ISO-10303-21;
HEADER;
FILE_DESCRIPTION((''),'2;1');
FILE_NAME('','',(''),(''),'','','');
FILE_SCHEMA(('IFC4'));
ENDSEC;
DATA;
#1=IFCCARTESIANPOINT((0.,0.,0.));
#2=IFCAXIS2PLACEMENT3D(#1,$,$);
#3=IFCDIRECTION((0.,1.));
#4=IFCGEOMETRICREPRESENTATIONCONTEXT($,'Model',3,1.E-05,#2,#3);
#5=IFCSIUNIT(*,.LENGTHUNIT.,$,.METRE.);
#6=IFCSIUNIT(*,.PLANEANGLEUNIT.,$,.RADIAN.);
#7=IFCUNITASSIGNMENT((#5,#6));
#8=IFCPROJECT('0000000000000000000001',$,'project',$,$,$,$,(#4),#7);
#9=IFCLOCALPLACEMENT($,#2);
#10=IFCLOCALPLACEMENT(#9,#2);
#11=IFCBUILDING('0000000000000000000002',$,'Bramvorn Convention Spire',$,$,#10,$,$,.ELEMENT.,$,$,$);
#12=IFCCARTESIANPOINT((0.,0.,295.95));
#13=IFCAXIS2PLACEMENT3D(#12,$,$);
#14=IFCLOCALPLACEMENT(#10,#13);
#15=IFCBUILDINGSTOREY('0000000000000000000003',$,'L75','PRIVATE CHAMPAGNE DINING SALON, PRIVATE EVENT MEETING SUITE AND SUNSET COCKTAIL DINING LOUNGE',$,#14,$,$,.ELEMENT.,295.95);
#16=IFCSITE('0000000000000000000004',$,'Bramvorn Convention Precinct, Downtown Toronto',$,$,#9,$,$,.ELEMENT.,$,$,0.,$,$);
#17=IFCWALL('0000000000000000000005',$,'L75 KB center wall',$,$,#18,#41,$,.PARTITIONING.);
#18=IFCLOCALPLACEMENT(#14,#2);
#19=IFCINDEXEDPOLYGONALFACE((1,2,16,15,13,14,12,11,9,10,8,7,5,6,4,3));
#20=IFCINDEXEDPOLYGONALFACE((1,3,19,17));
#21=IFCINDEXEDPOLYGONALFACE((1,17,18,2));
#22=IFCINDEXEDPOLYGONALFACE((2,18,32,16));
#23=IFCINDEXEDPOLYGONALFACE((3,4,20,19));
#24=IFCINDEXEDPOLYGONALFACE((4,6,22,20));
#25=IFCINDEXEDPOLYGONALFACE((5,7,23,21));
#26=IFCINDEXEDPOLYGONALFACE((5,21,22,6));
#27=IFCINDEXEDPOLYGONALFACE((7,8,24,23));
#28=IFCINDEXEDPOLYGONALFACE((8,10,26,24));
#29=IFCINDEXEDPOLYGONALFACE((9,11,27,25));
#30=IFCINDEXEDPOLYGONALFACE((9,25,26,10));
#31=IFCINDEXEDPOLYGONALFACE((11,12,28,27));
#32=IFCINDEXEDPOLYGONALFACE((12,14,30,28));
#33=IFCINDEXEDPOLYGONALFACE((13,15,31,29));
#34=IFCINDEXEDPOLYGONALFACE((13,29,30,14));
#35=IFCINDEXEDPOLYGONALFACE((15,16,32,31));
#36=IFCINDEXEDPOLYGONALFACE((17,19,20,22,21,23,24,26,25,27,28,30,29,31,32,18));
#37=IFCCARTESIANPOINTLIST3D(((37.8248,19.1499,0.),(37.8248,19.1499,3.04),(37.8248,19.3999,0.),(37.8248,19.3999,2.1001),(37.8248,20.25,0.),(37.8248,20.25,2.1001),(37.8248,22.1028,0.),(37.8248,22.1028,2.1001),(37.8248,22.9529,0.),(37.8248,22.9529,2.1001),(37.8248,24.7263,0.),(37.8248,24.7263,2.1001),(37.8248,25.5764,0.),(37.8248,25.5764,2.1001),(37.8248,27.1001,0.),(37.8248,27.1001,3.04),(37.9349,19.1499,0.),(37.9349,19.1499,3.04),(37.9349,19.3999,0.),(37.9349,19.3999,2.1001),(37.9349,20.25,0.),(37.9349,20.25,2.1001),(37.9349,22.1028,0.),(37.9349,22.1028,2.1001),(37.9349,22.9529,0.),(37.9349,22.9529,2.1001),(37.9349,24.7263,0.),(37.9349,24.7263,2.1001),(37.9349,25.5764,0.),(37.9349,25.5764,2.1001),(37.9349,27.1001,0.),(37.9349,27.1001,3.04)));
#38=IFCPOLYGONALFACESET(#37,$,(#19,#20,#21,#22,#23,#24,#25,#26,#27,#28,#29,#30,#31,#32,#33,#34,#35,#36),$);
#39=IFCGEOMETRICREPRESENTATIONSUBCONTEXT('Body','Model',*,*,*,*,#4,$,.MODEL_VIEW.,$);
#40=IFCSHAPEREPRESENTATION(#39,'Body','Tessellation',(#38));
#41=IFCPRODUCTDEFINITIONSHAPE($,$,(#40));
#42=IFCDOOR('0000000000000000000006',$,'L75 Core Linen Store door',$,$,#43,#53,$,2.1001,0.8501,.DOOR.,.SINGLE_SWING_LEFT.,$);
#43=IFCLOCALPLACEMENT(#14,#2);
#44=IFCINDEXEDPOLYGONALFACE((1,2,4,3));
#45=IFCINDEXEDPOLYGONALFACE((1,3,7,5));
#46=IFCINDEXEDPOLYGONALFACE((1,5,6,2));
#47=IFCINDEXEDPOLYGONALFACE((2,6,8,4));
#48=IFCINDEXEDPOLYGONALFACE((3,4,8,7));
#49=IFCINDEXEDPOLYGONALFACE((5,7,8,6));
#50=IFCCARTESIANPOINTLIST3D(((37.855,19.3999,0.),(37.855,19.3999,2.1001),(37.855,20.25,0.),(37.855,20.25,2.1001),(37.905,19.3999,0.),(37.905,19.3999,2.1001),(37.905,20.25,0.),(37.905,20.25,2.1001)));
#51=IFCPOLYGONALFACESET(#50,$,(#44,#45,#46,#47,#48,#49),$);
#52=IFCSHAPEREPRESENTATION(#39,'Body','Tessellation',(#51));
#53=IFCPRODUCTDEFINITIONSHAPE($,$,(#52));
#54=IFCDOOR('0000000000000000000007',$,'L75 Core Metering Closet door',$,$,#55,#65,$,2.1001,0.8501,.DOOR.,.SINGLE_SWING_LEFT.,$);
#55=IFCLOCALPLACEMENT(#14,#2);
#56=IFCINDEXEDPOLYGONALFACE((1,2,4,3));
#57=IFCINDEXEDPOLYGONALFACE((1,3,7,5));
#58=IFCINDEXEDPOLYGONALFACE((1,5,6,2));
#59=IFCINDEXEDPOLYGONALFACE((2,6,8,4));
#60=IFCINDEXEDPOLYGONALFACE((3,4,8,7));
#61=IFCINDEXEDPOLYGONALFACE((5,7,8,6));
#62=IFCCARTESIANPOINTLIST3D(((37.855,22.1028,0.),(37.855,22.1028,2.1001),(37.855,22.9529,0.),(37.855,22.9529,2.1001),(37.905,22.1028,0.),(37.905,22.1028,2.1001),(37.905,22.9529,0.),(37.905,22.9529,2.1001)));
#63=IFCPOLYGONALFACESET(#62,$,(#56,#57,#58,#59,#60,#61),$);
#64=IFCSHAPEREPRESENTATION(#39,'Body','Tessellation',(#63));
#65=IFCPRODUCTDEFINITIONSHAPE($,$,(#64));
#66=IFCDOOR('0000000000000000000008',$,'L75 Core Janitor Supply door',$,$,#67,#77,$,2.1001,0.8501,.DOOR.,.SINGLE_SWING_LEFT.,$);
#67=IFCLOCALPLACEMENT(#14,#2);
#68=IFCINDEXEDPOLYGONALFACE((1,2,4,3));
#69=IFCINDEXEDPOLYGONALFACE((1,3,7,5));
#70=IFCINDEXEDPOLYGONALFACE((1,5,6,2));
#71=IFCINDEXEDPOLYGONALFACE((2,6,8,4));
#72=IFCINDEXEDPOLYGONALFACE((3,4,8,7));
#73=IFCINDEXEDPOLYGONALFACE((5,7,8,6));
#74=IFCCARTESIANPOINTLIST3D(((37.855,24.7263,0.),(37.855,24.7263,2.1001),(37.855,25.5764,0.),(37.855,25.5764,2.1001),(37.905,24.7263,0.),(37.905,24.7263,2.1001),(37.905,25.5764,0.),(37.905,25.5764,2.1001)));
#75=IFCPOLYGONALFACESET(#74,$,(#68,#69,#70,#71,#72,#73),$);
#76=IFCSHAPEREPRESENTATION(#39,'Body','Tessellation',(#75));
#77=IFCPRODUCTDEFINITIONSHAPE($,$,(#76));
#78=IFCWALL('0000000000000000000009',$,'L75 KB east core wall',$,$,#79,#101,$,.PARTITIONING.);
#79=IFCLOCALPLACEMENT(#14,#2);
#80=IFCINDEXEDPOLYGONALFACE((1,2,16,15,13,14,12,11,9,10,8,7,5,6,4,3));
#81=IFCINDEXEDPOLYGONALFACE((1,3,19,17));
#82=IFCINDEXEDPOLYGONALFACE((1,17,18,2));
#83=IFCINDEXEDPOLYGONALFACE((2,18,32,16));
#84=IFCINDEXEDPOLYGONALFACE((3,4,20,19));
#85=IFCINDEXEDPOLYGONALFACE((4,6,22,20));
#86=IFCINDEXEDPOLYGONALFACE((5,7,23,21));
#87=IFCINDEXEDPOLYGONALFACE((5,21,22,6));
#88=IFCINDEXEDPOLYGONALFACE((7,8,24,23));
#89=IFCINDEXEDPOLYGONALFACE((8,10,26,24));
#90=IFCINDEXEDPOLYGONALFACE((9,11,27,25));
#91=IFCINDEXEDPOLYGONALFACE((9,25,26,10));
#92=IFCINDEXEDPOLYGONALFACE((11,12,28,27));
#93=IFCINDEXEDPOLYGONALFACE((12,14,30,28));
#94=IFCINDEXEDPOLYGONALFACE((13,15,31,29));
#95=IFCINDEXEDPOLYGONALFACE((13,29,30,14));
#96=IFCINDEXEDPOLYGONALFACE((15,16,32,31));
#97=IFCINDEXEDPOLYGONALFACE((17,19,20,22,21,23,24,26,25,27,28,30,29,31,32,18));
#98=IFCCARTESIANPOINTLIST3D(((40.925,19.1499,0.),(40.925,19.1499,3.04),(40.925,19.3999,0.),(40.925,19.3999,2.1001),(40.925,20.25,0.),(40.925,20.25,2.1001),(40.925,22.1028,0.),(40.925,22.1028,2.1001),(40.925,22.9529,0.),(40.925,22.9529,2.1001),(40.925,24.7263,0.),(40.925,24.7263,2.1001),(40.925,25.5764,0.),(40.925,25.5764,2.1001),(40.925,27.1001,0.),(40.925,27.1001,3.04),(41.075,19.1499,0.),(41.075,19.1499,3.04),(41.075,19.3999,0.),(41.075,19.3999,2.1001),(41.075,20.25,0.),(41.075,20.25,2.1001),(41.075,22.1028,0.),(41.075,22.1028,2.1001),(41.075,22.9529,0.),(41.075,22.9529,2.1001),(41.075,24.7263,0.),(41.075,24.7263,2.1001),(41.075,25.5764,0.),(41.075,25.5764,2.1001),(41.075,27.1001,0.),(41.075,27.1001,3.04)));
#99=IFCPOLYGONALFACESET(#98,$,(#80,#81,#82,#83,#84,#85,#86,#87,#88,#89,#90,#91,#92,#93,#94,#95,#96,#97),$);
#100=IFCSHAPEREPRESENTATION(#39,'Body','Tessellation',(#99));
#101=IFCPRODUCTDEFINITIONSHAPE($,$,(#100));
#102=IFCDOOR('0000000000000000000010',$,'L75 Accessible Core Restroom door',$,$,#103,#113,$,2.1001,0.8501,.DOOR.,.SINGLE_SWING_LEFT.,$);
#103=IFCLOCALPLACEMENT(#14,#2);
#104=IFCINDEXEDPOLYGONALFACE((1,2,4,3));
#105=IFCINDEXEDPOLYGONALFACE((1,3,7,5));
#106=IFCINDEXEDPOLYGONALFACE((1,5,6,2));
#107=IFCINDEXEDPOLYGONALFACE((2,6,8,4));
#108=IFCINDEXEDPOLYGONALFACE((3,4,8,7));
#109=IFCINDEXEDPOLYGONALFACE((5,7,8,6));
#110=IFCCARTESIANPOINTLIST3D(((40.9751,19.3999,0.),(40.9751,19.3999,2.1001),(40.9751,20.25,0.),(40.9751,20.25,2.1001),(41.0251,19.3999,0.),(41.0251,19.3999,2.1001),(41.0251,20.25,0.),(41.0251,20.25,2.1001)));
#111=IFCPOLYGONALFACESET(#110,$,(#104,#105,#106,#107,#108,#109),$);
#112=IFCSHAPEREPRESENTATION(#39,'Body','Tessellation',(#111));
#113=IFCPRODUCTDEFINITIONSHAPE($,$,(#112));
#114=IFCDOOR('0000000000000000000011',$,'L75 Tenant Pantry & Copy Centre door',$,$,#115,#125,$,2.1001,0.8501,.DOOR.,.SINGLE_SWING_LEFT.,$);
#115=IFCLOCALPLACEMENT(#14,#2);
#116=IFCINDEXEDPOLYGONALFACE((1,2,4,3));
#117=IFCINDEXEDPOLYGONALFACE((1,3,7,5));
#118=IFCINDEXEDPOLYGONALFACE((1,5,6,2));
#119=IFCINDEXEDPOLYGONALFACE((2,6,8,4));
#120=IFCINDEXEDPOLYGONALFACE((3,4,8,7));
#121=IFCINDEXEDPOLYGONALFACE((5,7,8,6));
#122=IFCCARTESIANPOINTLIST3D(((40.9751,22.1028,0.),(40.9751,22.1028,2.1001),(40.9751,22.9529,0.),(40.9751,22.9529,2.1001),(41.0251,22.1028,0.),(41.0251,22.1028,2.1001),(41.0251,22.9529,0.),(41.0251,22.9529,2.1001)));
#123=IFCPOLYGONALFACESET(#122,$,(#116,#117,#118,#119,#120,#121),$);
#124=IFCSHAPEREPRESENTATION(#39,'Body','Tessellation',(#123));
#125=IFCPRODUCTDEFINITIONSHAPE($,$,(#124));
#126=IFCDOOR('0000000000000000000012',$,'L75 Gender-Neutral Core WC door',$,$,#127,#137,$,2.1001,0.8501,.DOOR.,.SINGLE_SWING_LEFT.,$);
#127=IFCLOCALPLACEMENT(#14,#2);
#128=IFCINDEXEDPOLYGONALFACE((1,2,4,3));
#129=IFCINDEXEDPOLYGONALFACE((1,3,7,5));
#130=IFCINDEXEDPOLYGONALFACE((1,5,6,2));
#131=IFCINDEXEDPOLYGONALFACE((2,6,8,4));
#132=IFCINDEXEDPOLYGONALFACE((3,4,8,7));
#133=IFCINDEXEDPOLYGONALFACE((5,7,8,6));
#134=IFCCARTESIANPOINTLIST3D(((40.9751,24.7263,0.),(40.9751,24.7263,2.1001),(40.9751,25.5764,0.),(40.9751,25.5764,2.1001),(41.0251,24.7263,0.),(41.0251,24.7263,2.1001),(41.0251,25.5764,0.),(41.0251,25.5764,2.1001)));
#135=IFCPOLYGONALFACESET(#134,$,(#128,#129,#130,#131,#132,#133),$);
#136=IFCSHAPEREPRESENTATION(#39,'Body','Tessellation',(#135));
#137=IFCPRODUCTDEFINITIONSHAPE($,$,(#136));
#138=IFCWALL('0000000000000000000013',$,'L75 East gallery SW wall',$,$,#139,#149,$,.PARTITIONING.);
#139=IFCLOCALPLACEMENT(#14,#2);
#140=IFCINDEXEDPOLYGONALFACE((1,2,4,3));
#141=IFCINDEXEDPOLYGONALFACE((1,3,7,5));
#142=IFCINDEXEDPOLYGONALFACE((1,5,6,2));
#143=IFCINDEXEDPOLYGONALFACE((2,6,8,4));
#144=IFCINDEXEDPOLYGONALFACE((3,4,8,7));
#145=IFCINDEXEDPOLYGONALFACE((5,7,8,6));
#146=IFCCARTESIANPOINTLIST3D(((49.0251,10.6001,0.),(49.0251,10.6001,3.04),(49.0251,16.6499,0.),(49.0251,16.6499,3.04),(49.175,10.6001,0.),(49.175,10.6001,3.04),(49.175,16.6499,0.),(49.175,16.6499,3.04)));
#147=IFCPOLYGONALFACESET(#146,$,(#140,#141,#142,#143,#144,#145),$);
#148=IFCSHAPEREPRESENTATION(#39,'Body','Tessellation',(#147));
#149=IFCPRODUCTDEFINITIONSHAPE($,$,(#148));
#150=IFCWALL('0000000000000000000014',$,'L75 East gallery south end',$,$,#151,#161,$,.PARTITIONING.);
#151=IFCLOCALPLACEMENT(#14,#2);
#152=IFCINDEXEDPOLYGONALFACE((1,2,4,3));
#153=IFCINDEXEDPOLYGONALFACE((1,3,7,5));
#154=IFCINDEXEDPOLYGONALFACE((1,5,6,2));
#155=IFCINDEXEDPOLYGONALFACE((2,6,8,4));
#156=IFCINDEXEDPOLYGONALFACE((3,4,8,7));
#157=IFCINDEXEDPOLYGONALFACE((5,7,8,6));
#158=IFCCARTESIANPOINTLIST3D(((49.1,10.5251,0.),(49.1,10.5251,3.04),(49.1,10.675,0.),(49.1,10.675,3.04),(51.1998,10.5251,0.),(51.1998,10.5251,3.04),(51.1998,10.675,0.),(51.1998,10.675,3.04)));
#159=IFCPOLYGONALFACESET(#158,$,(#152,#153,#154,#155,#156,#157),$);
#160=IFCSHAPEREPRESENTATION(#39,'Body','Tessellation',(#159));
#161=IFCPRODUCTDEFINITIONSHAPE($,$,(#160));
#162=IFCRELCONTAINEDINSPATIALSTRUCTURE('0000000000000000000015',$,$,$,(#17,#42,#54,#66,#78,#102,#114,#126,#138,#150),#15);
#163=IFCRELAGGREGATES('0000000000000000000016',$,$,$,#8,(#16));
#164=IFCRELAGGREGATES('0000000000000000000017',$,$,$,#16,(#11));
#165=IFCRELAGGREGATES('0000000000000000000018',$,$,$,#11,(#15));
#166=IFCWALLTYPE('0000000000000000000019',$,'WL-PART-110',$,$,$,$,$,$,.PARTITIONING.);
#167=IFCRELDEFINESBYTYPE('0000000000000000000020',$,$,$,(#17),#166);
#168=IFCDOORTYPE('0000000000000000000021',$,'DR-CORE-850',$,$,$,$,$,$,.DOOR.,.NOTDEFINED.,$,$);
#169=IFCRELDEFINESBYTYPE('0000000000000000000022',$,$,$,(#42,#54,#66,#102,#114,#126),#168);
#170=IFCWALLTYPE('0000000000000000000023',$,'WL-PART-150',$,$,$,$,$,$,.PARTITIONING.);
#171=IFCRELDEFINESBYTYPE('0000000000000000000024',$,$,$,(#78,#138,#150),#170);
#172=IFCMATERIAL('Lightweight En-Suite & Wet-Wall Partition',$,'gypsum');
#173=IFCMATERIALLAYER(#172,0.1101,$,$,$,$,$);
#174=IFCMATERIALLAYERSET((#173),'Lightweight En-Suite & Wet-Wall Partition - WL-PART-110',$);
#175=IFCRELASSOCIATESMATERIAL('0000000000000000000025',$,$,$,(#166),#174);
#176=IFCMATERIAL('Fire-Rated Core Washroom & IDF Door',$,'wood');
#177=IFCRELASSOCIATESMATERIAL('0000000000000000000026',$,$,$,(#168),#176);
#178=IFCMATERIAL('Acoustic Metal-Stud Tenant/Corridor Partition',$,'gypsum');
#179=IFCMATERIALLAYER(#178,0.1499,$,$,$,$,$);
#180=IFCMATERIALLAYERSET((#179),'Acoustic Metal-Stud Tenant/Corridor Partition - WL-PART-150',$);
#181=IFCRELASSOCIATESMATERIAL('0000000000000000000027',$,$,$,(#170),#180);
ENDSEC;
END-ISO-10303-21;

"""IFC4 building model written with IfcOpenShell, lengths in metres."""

from ifc_helpers import new_model, si_unit, direction, frame, frame_2d, origin, place, context, subcontext, project, spatial, rectangle, extrude, material, layer, layer_set, type_object, element, fill, save


model = new_model("IFC4")

# Units and contexts
model_context = context("Model", 3, precision=1e-05, world=origin(), true_north=direction((0.0, 1.0)))
body_context = subcontext(model_context, "Body", "Model", "MODEL_VIEW")
ifc_project = project(units=[si_unit("LENGTHUNIT", "METRE"), si_unit("PLANEANGLEUNIT", "RADIAN")], contexts=[model_context])

# Site, building, storey
site_placement = place(None, origin())
site = spatial("IfcSite", under=ifc_project, at=site_placement, Name="Bramvorn Convention Precinct, Downtown Toronto", CompositionType="ELEMENT", RefElevation=0.0)
building_placement = place(site_placement, origin())
building = spatial("IfcBuilding", under=site, at=building_placement, Name="Bramvorn Convention Spire", CompositionType="ELEMENT")
storey_placement = place(building_placement, frame((0.0, 0.0, 295.95)))
storey = spatial("IfcBuildingStorey", under=building, at=storey_placement, Name="L75", Description="PRIVATE CHAMPAGNE DINING SALON, PRIVATE EVENT MEETING SUITE AND SUNSET COCKTAIL DINING LOUNGE", CompositionType="ELEMENT", Elevation=295.95)

# Walls, openings, doors
ifc_material_1 = material(Name="Lightweight En-Suite & Wet-Wall Partition", Category="gypsum")
ifc_layer_1 = layer(ifc_material_1, 0.1101)
ifc_layer_set_1 = layer_set([ifc_layer_1], Name="Lightweight En-Suite & Wet-Wall Partition - WL-PART-110")
wall_type_1 = type_object("IfcWallType", Name="WL-PART-110", PredefinedType="PARTITIONING", material=ifc_layer_set_1)
wall_1_placement = place(storey_placement, frame((37.8799, 19.1499, 0.0), z_axis=(0.0, 0.0, 1.0), x_axis=(0.0, 1.0, 0.0)))
wall_1 = element("IfcWall", 1, at=wall_1_placement, inside=storey, type_object=wall_type_1, Name="L75 KB center wall", PredefinedType="PARTITIONING", context=body_context, shape_type="SweptSolid", body=[
    extrude(rectangle(XDim=7.9502, YDim=0.1101, at=frame_2d((3.9751, 0.0))), origin(), (0.0, 0.0, 1.0), 3.04),
])
opening_1_placement = place(wall_1_placement, frame((0.25, 0.0, 0.0)))
opening_1 = element("IfcOpeningElement", 2, at=opening_1_placement, cuts=wall_1, PredefinedType="OPENING", context=body_context, shape_type="SweptSolid", body=[
    extrude(rectangle(XDim=0.8501, YDim=2.1001, at=frame_2d((0.425, 1.05))), frame((0.0, 0.0649, 0.0), z_axis=(0.0, -1.0, 0.0), x_axis=(1.0, 0.0, 0.0)), (0.0, 0.0, 1.0), 0.1301),
])
opening_2_placement = place(wall_1_placement, frame((2.9529, 0.0, 0.0)))
opening_2 = element("IfcOpeningElement", 3, at=opening_2_placement, cuts=wall_1, PredefinedType="OPENING", context=body_context, shape_type="SweptSolid", body=[
    extrude(rectangle(XDim=0.8501, YDim=2.1001, at=frame_2d((0.425, 1.05))), frame((0.0, 0.0649, 0.0), z_axis=(0.0, -1.0, 0.0), x_axis=(1.0, 0.0, 0.0)), (0.0, 0.0, 1.0), 0.1301),
])
opening_3_placement = place(wall_1_placement, frame((5.5764, 0.0, 0.0)))
opening_3 = element("IfcOpeningElement", 4, at=opening_3_placement, cuts=wall_1, PredefinedType="OPENING", context=body_context, shape_type="SweptSolid", body=[
    extrude(rectangle(XDim=0.8501, YDim=2.1001, at=frame_2d((0.425, 1.05))), frame((0.0, 0.0649, 0.0), z_axis=(0.0, -1.0, 0.0), x_axis=(1.0, 0.0, 0.0)), (0.0, 0.0, 1.0), 0.1301),
])
ifc_material_2 = material(Name="Fire-Rated Core Washroom & IDF Door", Category="wood")
door_type_1 = type_object("IfcDoorType", Name="DR-CORE-850", OperationType="NOTDEFINED", PredefinedType="DOOR", material=ifc_material_2)
door_1_placement = place(opening_1_placement, origin())
door_1 = element("IfcDoor", 5, at=door_1_placement, inside=storey, type_object=door_type_1, Name="L75 Core Linen Store door", OperationType="SINGLE_SWING_LEFT", OverallHeight=2.1001, OverallWidth=0.8501, PredefinedType="DOOR", context=body_context, shape_type="SweptSolid", body=[
    extrude(rectangle(XDim=0.8501, YDim=2.1001, at=frame_2d((0.425, 1.05))), frame((0.0, 0.0249, 0.0), z_axis=(0.0, -1.0, 0.0), x_axis=(1.0, 0.0, 0.0)), (0.0, 0.0, 1.0), 0.05),
])
fill(opening_1, door_1)
door_2_placement = place(opening_2_placement, origin())
door_2 = element("IfcDoor", 6, at=door_2_placement, inside=storey, type_object=door_type_1, Name="L75 Core Metering Closet door", OperationType="SINGLE_SWING_LEFT", OverallHeight=2.1001, OverallWidth=0.8501, PredefinedType="DOOR", context=body_context, shape_type="SweptSolid", body=[
    extrude(rectangle(XDim=0.8501, YDim=2.1001, at=frame_2d((0.425, 1.05))), frame((0.0, 0.0249, 0.0), z_axis=(0.0, -1.0, 0.0), x_axis=(1.0, 0.0, 0.0)), (0.0, 0.0, 1.0), 0.05),
])
fill(opening_2, door_2)
door_3_placement = place(opening_3_placement, origin())
door_3 = element("IfcDoor", 7, at=door_3_placement, inside=storey, type_object=door_type_1, Name="L75 Core Janitor Supply door", OperationType="SINGLE_SWING_LEFT", OverallHeight=2.1001, OverallWidth=0.8501, PredefinedType="DOOR", context=body_context, shape_type="SweptSolid", body=[
    extrude(rectangle(XDim=0.8501, YDim=2.1001, at=frame_2d((0.425, 1.05))), frame((0.0, 0.0249, 0.0), z_axis=(0.0, -1.0, 0.0), x_axis=(1.0, 0.0, 0.0)), (0.0, 0.0, 1.0), 0.05),
])
fill(opening_3, door_3)
ifc_material_3 = material(Name="Acoustic Metal-Stud Tenant/Corridor Partition", Category="gypsum")
ifc_layer_2 = layer(ifc_material_3, 0.1499)
ifc_layer_set_2 = layer_set([ifc_layer_2], Name="Acoustic Metal-Stud Tenant/Corridor Partition - WL-PART-150")
wall_type_2 = type_object("IfcWallType", Name="WL-PART-150", PredefinedType="PARTITIONING", material=ifc_layer_set_2)
wall_2_placement = place(storey_placement, frame((41.0, 19.1499, 0.0), z_axis=(0.0, 0.0, 1.0), x_axis=(0.0, 1.0, 0.0)))
wall_2 = element("IfcWall", 8, at=wall_2_placement, inside=storey, type_object=wall_type_2, Name="L75 KB east core wall", PredefinedType="PARTITIONING", context=body_context, shape_type="SweptSolid", body=[
    extrude(rectangle(XDim=7.9502, YDim=0.1499, at=frame_2d((3.9751, 0.0))), origin(), (0.0, 0.0, 1.0), 3.04),
])
opening_4_placement = place(wall_2_placement, frame((0.25, 0.0, 0.0)))
opening_4 = element("IfcOpeningElement", 9, at=opening_4_placement, cuts=wall_2, PredefinedType="OPENING", context=body_context, shape_type="SweptSolid", body=[
    extrude(rectangle(XDim=0.8501, YDim=2.1001, at=frame_2d((0.425, 1.05))), frame((0.0, 0.085, 0.0), z_axis=(0.0, -1.0, 0.0), x_axis=(1.0, 0.0, 0.0)), (0.0, 0.0, 1.0), 0.1699),
])
opening_5_placement = place(wall_2_placement, frame((2.9529, 0.0, 0.0)))
opening_5 = element("IfcOpeningElement", 10, at=opening_5_placement, cuts=wall_2, PredefinedType="OPENING", context=body_context, shape_type="SweptSolid", body=[
    extrude(rectangle(XDim=0.8501, YDim=2.1001, at=frame_2d((0.425, 1.05))), frame((0.0, 0.085, 0.0), z_axis=(0.0, -1.0, 0.0), x_axis=(1.0, 0.0, 0.0)), (0.0, 0.0, 1.0), 0.1699),
])
opening_6_placement = place(wall_2_placement, frame((5.5764, 0.0, 0.0)))
opening_6 = element("IfcOpeningElement", 11, at=opening_6_placement, cuts=wall_2, PredefinedType="OPENING", context=body_context, shape_type="SweptSolid", body=[
    extrude(rectangle(XDim=0.8501, YDim=2.1001, at=frame_2d((0.425, 1.05))), frame((0.0, 0.085, 0.0), z_axis=(0.0, -1.0, 0.0), x_axis=(1.0, 0.0, 0.0)), (0.0, 0.0, 1.0), 0.1699),
])
door_4_placement = place(opening_4_placement, origin())
door_4 = element("IfcDoor", 12, at=door_4_placement, inside=storey, type_object=door_type_1, Name="L75 Accessible Core Restroom door", OperationType="SINGLE_SWING_LEFT", OverallHeight=2.1001, OverallWidth=0.8501, PredefinedType="DOOR", context=body_context, shape_type="SweptSolid", body=[
    extrude(rectangle(XDim=0.8501, YDim=2.1001, at=frame_2d((0.425, 1.05))), frame((0.0, 0.0249, 0.0), z_axis=(0.0, -1.0, 0.0), x_axis=(1.0, 0.0, 0.0)), (0.0, 0.0, 1.0), 0.05),
])
fill(opening_4, door_4)
door_5_placement = place(opening_5_placement, origin())
door_5 = element("IfcDoor", 13, at=door_5_placement, inside=storey, type_object=door_type_1, Name="L75 Tenant Pantry & Copy Centre door", OperationType="SINGLE_SWING_LEFT", OverallHeight=2.1001, OverallWidth=0.8501, PredefinedType="DOOR", context=body_context, shape_type="SweptSolid", body=[
    extrude(rectangle(XDim=0.8501, YDim=2.1001, at=frame_2d((0.425, 1.05))), frame((0.0, 0.0249, 0.0), z_axis=(0.0, -1.0, 0.0), x_axis=(1.0, 0.0, 0.0)), (0.0, 0.0, 1.0), 0.05),
])
fill(opening_5, door_5)
door_6_placement = place(opening_6_placement, origin())
door_6 = element("IfcDoor", 14, at=door_6_placement, inside=storey, type_object=door_type_1, Name="L75 Gender-Neutral Core WC door", OperationType="SINGLE_SWING_LEFT", OverallHeight=2.1001, OverallWidth=0.8501, PredefinedType="DOOR", context=body_context, shape_type="SweptSolid", body=[
    extrude(rectangle(XDim=0.8501, YDim=2.1001, at=frame_2d((0.425, 1.05))), frame((0.0, 0.0249, 0.0), z_axis=(0.0, -1.0, 0.0), x_axis=(1.0, 0.0, 0.0)), (0.0, 0.0, 1.0), 0.05),
])
fill(opening_6, door_6)

# Walls
wall_3_placement = place(storey_placement, frame((49.1001, 10.6001, 0.0), z_axis=(0.0, 0.0, 1.0), x_axis=(0.0, 1.0, 0.0)))
element("IfcWall", 15, at=wall_3_placement, inside=storey, type_object=wall_type_2, Name="L75 East gallery SW wall", PredefinedType="PARTITIONING", context=body_context, shape_type="SweptSolid", body=[
    extrude(rectangle(XDim=6.0498, YDim=0.1499, at=frame_2d((3.0249, 0.0))), origin(), (0.0, 0.0, 1.0), 3.04),
])
wall_4_placement = place(storey_placement, frame((49.1001, 10.6001, 0.0), z_axis=(0.0, 0.0, 1.0), x_axis=(1.0, 0.0, 0.0)))
element("IfcWall", 16, at=wall_4_placement, inside=storey, type_object=wall_type_2, Name="L75 East gallery south end", PredefinedType="PARTITIONING", context=body_context, shape_type="SweptSolid", body=[
    extrude(rectangle(XDim=2.0999, YDim=0.1499, at=frame_2d((1.0498, 0.0))), origin(), (0.0, 0.0, 1.0), 3.04),
])

save(model, "model.ifc")
